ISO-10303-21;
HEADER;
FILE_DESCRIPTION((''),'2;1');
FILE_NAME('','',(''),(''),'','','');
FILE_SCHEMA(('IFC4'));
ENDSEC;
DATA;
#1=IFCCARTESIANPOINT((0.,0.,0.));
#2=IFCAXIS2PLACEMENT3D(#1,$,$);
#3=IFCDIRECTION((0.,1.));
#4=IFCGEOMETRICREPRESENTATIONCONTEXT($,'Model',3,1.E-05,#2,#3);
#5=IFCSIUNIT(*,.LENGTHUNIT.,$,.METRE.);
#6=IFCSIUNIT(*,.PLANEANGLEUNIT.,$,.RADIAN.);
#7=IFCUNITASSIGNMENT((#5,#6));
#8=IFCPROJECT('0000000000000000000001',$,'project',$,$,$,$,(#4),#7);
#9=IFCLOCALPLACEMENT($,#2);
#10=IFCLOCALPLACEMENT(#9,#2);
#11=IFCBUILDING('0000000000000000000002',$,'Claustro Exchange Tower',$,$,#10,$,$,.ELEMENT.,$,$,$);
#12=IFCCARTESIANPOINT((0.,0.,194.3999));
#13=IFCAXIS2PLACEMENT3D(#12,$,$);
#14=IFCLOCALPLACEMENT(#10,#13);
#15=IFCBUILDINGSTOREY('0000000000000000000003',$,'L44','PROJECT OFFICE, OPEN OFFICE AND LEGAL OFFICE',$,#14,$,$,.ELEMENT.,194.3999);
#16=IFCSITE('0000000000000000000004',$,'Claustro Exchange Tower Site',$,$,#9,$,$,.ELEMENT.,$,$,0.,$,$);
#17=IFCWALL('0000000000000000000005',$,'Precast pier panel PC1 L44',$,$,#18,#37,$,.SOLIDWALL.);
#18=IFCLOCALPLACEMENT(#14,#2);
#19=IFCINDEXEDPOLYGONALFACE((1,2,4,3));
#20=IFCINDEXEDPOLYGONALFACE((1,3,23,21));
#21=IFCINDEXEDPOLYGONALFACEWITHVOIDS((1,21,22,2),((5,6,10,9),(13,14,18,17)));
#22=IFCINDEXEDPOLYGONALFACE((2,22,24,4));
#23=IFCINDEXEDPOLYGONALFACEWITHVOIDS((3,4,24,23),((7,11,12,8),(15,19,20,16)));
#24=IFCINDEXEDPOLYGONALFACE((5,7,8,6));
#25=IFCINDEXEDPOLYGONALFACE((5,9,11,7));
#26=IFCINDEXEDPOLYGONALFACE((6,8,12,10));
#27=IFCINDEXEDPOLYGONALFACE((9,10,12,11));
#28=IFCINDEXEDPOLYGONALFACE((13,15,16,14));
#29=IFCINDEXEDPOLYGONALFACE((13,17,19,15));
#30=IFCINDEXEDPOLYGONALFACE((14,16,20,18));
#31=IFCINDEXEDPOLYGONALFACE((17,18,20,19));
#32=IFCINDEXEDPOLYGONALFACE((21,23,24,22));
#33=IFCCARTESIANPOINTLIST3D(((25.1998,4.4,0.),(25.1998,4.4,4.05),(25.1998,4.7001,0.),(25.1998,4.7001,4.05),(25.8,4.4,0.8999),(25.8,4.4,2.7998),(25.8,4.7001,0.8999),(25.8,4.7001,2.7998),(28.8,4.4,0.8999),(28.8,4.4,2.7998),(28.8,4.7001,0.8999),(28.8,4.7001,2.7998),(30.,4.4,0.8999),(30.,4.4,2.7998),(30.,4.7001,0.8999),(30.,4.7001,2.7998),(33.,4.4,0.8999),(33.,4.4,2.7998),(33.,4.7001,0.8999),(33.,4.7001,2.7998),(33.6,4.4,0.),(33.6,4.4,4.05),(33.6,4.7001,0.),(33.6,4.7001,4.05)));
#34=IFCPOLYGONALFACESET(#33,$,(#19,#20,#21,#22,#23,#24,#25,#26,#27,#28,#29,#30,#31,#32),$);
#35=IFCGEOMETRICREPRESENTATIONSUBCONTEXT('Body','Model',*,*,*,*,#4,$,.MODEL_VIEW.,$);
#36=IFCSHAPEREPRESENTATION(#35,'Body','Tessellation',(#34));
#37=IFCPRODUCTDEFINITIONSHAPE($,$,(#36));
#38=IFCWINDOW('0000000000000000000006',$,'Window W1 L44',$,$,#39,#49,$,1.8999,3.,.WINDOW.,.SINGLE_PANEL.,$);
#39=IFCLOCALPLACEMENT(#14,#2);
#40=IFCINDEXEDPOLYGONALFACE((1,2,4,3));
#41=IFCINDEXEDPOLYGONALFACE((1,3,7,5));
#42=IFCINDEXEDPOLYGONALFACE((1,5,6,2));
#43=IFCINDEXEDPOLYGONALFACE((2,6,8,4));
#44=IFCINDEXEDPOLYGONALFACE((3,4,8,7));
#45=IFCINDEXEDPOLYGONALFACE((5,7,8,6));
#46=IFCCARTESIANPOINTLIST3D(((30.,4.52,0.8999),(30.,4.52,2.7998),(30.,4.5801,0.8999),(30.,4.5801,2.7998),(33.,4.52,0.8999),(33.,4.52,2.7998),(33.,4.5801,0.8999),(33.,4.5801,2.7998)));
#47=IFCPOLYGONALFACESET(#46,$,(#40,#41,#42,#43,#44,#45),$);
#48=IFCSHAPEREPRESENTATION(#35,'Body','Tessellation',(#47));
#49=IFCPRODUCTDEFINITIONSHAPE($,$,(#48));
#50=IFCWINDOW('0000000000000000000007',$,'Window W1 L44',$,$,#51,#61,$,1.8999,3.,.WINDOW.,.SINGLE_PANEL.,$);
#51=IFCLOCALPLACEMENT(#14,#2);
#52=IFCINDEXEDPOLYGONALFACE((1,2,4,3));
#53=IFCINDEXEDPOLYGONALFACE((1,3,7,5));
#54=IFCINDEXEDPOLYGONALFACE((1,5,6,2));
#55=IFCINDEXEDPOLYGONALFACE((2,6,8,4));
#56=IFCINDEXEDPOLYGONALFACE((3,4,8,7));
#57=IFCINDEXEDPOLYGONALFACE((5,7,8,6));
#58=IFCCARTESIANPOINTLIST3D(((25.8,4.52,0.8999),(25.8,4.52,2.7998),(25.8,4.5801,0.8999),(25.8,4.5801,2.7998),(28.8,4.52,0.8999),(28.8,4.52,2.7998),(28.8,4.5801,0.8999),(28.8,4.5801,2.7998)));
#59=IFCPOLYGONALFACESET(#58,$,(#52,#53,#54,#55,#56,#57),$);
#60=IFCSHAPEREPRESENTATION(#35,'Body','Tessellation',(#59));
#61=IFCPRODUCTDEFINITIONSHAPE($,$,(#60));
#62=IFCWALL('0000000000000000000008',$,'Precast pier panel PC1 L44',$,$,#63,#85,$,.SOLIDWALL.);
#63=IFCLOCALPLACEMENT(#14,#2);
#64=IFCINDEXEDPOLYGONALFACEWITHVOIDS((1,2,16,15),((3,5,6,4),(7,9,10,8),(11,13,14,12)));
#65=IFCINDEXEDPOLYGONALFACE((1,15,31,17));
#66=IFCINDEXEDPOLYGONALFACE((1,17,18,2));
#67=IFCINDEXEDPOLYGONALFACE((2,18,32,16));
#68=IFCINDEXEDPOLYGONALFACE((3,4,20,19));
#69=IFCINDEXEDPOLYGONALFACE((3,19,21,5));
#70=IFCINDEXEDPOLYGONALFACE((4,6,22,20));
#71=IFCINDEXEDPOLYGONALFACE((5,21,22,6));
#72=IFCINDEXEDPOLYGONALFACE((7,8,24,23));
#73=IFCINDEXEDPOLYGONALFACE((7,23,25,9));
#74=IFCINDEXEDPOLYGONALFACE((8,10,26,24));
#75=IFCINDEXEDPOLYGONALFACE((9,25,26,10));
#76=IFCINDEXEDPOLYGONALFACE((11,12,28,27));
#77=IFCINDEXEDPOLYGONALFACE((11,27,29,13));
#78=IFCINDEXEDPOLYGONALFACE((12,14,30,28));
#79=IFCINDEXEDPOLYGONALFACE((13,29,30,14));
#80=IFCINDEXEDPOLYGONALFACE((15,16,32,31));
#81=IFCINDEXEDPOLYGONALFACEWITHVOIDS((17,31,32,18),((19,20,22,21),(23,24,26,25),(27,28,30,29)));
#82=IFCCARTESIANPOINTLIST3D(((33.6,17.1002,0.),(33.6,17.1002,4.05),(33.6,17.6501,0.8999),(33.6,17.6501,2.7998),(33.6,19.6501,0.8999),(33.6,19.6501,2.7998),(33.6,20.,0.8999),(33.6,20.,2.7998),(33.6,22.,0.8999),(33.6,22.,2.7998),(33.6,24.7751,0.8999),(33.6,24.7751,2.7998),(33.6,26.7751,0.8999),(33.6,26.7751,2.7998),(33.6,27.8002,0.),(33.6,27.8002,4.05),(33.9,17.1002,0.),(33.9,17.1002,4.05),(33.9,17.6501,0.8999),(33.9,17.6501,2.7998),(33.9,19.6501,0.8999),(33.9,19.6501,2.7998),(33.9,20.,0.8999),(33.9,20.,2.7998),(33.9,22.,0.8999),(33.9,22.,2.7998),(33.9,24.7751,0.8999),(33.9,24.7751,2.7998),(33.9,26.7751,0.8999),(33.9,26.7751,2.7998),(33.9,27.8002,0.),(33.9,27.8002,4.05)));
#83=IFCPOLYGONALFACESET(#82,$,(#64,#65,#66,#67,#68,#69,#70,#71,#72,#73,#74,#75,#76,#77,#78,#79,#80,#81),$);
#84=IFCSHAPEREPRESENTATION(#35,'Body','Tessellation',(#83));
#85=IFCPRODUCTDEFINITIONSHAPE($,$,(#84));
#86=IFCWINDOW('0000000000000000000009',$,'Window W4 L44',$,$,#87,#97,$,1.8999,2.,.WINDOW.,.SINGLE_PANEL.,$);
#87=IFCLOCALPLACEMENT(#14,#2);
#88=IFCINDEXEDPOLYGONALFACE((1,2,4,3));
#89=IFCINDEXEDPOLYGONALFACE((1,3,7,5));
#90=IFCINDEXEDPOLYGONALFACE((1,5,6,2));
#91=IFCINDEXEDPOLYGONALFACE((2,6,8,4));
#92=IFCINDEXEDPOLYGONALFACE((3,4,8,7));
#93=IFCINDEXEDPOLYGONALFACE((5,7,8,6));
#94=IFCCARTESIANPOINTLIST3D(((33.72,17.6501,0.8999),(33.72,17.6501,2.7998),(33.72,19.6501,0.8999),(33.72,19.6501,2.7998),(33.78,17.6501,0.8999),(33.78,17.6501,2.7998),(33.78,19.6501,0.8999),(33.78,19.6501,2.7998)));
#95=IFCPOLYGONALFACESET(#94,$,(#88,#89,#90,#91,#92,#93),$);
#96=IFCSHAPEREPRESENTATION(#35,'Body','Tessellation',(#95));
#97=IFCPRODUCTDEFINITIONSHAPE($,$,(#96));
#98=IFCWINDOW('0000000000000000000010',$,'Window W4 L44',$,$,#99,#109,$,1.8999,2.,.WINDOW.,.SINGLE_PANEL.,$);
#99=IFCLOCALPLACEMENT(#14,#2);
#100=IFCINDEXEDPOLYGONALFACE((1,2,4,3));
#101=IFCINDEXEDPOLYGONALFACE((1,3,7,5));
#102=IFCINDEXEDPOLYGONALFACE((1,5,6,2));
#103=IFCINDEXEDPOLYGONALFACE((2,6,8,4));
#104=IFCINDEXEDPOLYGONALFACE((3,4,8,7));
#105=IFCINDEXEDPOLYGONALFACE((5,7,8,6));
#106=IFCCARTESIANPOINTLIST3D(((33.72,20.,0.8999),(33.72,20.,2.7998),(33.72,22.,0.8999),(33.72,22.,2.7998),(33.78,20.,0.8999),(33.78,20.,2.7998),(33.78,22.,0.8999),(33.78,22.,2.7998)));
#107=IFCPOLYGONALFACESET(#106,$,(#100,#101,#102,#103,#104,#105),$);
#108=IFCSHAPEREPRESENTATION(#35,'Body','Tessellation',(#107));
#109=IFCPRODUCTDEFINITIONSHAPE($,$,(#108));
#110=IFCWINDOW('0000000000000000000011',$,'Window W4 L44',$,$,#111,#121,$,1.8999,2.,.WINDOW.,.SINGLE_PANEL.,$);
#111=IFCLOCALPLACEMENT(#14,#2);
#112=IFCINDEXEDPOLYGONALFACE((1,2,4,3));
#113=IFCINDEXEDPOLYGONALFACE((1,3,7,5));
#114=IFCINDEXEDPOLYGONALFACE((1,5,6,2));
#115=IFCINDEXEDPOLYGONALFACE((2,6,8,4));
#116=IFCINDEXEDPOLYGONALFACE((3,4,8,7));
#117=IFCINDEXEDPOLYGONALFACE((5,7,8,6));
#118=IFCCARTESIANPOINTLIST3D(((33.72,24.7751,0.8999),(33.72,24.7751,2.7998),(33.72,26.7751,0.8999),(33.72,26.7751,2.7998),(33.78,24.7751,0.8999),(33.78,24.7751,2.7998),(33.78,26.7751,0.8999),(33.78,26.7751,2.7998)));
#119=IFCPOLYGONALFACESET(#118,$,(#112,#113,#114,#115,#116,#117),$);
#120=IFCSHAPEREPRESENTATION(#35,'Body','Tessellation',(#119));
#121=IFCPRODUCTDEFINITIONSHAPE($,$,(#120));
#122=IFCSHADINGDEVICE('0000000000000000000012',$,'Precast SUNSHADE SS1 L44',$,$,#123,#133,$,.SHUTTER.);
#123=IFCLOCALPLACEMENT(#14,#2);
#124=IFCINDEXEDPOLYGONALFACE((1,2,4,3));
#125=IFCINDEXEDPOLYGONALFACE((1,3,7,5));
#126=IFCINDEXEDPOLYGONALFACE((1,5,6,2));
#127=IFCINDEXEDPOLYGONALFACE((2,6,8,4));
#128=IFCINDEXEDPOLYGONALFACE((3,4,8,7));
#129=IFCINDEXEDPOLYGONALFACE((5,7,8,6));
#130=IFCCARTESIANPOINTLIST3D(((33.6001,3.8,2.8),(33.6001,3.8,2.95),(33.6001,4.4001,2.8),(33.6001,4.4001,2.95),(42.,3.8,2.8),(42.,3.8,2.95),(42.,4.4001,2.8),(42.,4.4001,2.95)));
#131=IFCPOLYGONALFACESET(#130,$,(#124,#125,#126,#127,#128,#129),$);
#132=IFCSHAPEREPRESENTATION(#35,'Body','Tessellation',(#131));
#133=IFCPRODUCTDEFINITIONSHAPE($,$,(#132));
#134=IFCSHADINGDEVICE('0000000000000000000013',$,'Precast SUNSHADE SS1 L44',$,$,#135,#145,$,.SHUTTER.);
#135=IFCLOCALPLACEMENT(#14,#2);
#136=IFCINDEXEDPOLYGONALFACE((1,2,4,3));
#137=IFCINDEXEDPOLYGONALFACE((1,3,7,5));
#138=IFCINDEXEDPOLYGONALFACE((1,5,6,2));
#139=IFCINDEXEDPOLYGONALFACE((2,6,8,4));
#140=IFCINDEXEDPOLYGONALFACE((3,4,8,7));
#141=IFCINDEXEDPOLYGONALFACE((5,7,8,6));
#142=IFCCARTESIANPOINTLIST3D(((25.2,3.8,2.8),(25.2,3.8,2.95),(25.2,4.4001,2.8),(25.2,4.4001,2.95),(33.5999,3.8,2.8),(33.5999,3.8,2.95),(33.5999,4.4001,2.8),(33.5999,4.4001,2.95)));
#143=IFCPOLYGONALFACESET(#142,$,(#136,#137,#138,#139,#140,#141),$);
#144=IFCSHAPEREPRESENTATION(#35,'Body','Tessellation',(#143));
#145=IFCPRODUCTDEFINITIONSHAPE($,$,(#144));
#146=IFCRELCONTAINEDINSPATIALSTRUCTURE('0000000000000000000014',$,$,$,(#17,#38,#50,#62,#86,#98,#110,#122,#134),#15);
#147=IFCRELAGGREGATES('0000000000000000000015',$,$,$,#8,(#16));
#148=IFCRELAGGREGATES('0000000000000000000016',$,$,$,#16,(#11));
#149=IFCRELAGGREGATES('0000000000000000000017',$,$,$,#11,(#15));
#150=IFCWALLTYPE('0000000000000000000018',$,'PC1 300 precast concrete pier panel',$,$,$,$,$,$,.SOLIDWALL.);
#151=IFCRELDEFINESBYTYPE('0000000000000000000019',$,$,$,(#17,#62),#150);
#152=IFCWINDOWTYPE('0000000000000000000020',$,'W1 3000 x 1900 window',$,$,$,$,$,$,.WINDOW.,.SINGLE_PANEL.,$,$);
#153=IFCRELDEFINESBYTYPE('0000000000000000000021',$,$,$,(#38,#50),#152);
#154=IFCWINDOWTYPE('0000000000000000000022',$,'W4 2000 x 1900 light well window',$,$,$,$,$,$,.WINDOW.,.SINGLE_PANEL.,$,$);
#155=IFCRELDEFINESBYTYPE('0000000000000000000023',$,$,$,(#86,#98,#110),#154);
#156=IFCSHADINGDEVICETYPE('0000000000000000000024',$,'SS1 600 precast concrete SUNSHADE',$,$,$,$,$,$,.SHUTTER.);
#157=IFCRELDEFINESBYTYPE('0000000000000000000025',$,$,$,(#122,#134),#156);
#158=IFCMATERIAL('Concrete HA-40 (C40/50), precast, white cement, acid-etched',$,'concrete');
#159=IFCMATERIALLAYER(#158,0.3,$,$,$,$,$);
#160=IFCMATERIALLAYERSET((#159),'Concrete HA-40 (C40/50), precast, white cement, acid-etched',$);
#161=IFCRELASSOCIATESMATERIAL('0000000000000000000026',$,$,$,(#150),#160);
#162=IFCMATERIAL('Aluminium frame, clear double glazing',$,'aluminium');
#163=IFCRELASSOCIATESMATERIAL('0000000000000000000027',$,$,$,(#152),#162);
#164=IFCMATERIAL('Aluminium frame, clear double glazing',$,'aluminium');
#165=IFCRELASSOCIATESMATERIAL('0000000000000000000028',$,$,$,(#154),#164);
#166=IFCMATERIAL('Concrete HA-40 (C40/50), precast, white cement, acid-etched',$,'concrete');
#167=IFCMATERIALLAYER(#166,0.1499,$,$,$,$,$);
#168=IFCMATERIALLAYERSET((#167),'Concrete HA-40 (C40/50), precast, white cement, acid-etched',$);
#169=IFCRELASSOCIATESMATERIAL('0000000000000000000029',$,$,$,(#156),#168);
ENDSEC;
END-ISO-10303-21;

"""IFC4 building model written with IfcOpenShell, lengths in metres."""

from ifc_helpers import new_model, si_unit, direction, frame, frame_2d, origin, origin_2d, place, context, subcontext, project, spatial, rectangle, extrude, material, layer, layer_set, type_object, element, fill, save


model = new_model("IFC4")

# Units and contexts
model_context = context("Model", 3, precision=1e-05, world=origin(), true_north=direction((0.0, 1.0)))
body_context = subcontext(model_context, "Body", "Model", "MODEL_VIEW")
ifc_project = project(units=[si_unit("LENGTHUNIT", "METRE"), si_unit("PLANEANGLEUNIT", "RADIAN")], contexts=[model_context])

# Site, building, storey
site_placement = place(None, origin())
site = spatial("IfcSite", under=ifc_project, at=site_placement, Name="Claustro Exchange Tower Site", CompositionType="ELEMENT", RefElevation=0.0)
building_placement = place(site_placement, origin())
building = spatial("IfcBuilding", under=site, at=building_placement, Name="Claustro Exchange Tower", CompositionType="ELEMENT")
storey_placement = place(building_placement, frame((0.0, 0.0, 194.3999)))
storey = spatial("IfcBuildingStorey", under=building, at=storey_placement, Name="L44", Description="PROJECT OFFICE, OPEN OFFICE AND LEGAL OFFICE", CompositionType="ELEMENT", Elevation=194.3999)

# Walls, openings, windows
ifc_material_1 = material(Name="Concrete HA-40 (C40/50), precast, white cement, acid-etched", Category="concrete")
ifc_layer_1 = layer(ifc_material_1, 0.3)
ifc_layer_set_1 = layer_set([ifc_layer_1], Name="Concrete HA-40 (C40/50), precast, white cement, acid-etched")
wall_type_1 = type_object("IfcWallType", Name="PC1 300 precast concrete pier panel", PredefinedType="SOLIDWALL", material=ifc_layer_set_1)
wall_1_placement = place(storey_placement, frame((33.6001, 4.55, 0.0), z_axis=(0.0, 0.0, 1.0), x_axis=(-1.0, 0.0, 0.0)))
wall_1 = element("IfcWall", 1, at=wall_1_placement, inside=storey, type_object=wall_type_1, Name="Precast pier panel PC1 L44", PredefinedType="SOLIDWALL", context=body_context, shape_type="SweptSolid", body=[
    extrude(rectangle(XDim=8.4001, YDim=0.3, at=frame_2d((4.2002, 0.0))), origin(), (0.0, 0.0, 1.0), 4.05),
])
opening_1_placement = place(wall_1_placement, frame((0.6001, 0.0, 0.8999)))
opening_1 = element("IfcOpeningElement", 2, at=opening_1_placement, cuts=wall_1, PredefinedType="OPENING", context=body_context, shape_type="SweptSolid", body=[
    extrude(rectangle(XDim=3.0, YDim=1.8999, at=frame_2d((1.5, 0.95))), frame((0.0, 0.1599, 0.0), z_axis=(0.0, -1.0, 0.0), x_axis=(1.0, 0.0, 0.0)), (0.0, 0.0, 1.0), 0.3201),
])
opening_2_placement = place(wall_1_placement, frame((4.8, 0.0, 0.8999)))
opening_2 = element("IfcOpeningElement", 3, at=opening_2_placement, cuts=wall_1, PredefinedType="OPENING", context=body_context, shape_type="SweptSolid", body=[
    extrude(rectangle(XDim=3.0, YDim=1.8999, at=frame_2d((1.5, 0.95))), frame((0.0, 0.1599, 0.0), z_axis=(0.0, -1.0, 0.0), x_axis=(1.0, 0.0, 0.0)), (0.0, 0.0, 1.0), 0.3201),
])
ifc_material_2 = material(Name="Aluminium frame, clear double glazing", Category="aluminium")
window_type_1 = type_object("IfcWindowType", Name="W1 3000 x 1900 window", PartitioningType="SINGLE_PANEL", PredefinedType="WINDOW", material=ifc_material_2)
window_1_placement = place(opening_1_placement, origin())
window_1 = element("IfcWindow", 4, at=window_1_placement, inside=storey, type_object=window_type_1, Name="Window W1 L44", OverallHeight=1.8999, OverallWidth=3.0, PartitioningType="SINGLE_PANEL", PredefinedType="WINDOW", context=body_context, shape_type="SweptSolid", body=[
    extrude(rectangle(XDim=3.0, YDim=1.8999, at=frame_2d((1.5, 0.95))), frame((0.0, 0.03, 0.0), z_axis=(0.0, -1.0, 0.0), x_axis=(1.0, 0.0, 0.0)), (0.0, 0.0, 1.0), 0.0601),
])
fill(opening_1, window_1)
window_2_placement = place(opening_2_placement, origin())
window_2 = element("IfcWindow", 5, at=window_2_placement, inside=storey, type_object=window_type_1, Name="Window W1 L44", OverallHeight=1.8999, OverallWidth=3.0, PartitioningType="SINGLE_PANEL", PredefinedType="WINDOW", context=body_context, shape_type="SweptSolid", body=[
    extrude(rectangle(XDim=3.0, YDim=1.8999, at=frame_2d((1.5, 0.95))), frame((0.0, 0.03, 0.0), z_axis=(0.0, -1.0, 0.0), x_axis=(1.0, 0.0, 0.0)), (0.0, 0.0, 1.0), 0.0601),
])
fill(opening_2, window_2)
wall_2_placement = place(storey_placement, frame((33.75, 17.1001, 0.0), z_axis=(0.0, 0.0, 1.0), x_axis=(0.0, 1.0, 0.0)))
wall_2 = element("IfcWall", 6, at=wall_2_placement, inside=storey, type_object=wall_type_1, Name="Precast pier panel PC1 L44", PredefinedType="SOLIDWALL", context=body_context, shape_type="SweptSolid", body=[
    extrude(rectangle(XDim=10.7, YDim=0.3, at=frame_2d((5.3501, 0.0))), origin(), (0.0, 0.0, 1.0), 4.05),
])
opening_3_placement = place(wall_2_placement, frame((0.55, 0.0, 0.8999)))
opening_3 = element("IfcOpeningElement", 7, at=opening_3_placement, cuts=wall_2, PredefinedType="OPENING", context=body_context, shape_type="SweptSolid", body=[
    extrude(rectangle(XDim=2.0, YDim=1.8999, at=frame_2d((1.0, 0.95))), frame((0.0, 0.1599, 0.0), z_axis=(0.0, -1.0, 0.0), x_axis=(1.0, 0.0, 0.0)), (0.0, 0.0, 1.0), 0.3201),
])
opening_4_placement = place(wall_2_placement, frame((2.8999, 0.0, 0.8999)))
opening_4 = element("IfcOpeningElement", 8, at=opening_4_placement, cuts=wall_2, PredefinedType="OPENING", context=body_context, shape_type="SweptSolid", body=[
    extrude(rectangle(XDim=2.0, YDim=1.8999, at=frame_2d((1.0, 0.95))), frame((0.0, 0.1599, 0.0), z_axis=(0.0, -1.0, 0.0), x_axis=(1.0, 0.0, 0.0)), (0.0, 0.0, 1.0), 0.3201),
])
opening_5_placement = place(wall_2_placement, frame((7.675, 0.0, 0.8999)))
opening_5 = element("IfcOpeningElement", 9, at=opening_5_placement, cuts=wall_2, PredefinedType="OPENING", context=body_context, shape_type="SweptSolid", body=[
    extrude(rectangle(XDim=2.0, YDim=1.8999, at=frame_2d((1.0, 0.95))), frame((0.0, 0.1599, 0.0), z_axis=(0.0, -1.0, 0.0), x_axis=(1.0, 0.0, 0.0)), (0.0, 0.0, 1.0), 0.3201),
])
ifc_material_3 = material(Name="Aluminium frame, clear double glazing", Category="aluminium")
window_type_2 = type_object("IfcWindowType", Name="W4 2000 x 1900 light well window", PartitioningType="SINGLE_PANEL", PredefinedType="WINDOW", material=ifc_material_3)
window_3_placement = place(opening_3_placement, origin())
window_3 = element("IfcWindow", 10, at=window_3_placement, inside=storey, type_object=window_type_2, Name="Window W4 L44", OverallHeight=1.8999, OverallWidth=2.0, PartitioningType="SINGLE_PANEL", PredefinedType="WINDOW", context=body_context, shape_type="SweptSolid", body=[
    extrude(rectangle(XDim=2.0, YDim=1.8999, at=frame_2d((1.0, 0.95))), frame((0.0, 0.03, 0.0), z_axis=(0.0, -1.0, 0.0), x_axis=(1.0, 0.0, 0.0)), (0.0, 0.0, 1.0), 0.0601),
])
fill(opening_3, window_3)
window_4_placement = place(opening_4_placement, origin())
window_4 = element("IfcWindow", 11, at=window_4_placement, inside=storey, type_object=window_type_2, Name="Window W4 L44", OverallHeight=1.8999, OverallWidth=2.0, PartitioningType="SINGLE_PANEL", PredefinedType="WINDOW", context=body_context, shape_type="SweptSolid", body=[
    extrude(rectangle(XDim=2.0, YDim=1.8999, at=frame_2d((1.0, 0.95))), frame((0.0, 0.03, 0.0), z_axis=(0.0, -1.0, 0.0), x_axis=(1.0, 0.0, 0.0)), (0.0, 0.0, 1.0), 0.0601),
])
fill(opening_4, window_4)
window_5_placement = place(opening_5_placement, origin())
window_5 = element("IfcWindow", 12, at=window_5_placement, inside=storey, type_object=window_type_2, Name="Window W4 L44", OverallHeight=1.8999, OverallWidth=2.0, PartitioningType="SINGLE_PANEL", PredefinedType="WINDOW", context=body_context, shape_type="SweptSolid", body=[
    extrude(rectangle(XDim=2.0, YDim=1.8999, at=frame_2d((1.0, 0.95))), frame((0.0, 0.03, 0.0), z_axis=(0.0, -1.0, 0.0), x_axis=(1.0, 0.0, 0.0)), (0.0, 0.0, 1.0), 0.0601),
])
fill(opening_5, window_5)

# Shading devices
ifc_material_4 = material(Name="Concrete HA-40 (C40/50), precast, white cement, acid-etched", Category="concrete")
ifc_layer_2 = layer(ifc_material_4, 0.1499)
ifc_layer_set_2 = layer_set([ifc_layer_2], Name="Concrete HA-40 (C40/50), precast, white cement, acid-etched")
shading_device_type = type_object("IfcShadingDeviceType", Name="SS1 600 precast concrete SUNSHADE", PredefinedType="SHUTTER", material=ifc_layer_set_2)
for number, where, z_axis, x_axis, name in (
    (13, (37.8, 4.1001, 2.8), (0.0, 0.0, 1.0), (-1.0, 0.0, 0.0), "Precast SUNSHADE SS1 L44"),
    (14, (29.3999, 4.1001, 2.8), (0.0, 0.0, 1.0), (-1.0, 0.0, 0.0), "Precast SUNSHADE SS1 L44"),
):
    element("IfcShadingDevice", number, at=place(storey_placement, frame(where, z_axis=z_axis, x_axis=x_axis)), inside=storey, type_object=shading_device_type, Name=name, PredefinedType="SHUTTER", context=body_context, shape_type="SweptSolid", body=[
        extrude(rectangle(XDim=8.3999, YDim=0.6001, at=origin_2d()), origin(), (0.0, 0.0, 1.0), 0.1499),
    ])

save(model, "model.ifc")
